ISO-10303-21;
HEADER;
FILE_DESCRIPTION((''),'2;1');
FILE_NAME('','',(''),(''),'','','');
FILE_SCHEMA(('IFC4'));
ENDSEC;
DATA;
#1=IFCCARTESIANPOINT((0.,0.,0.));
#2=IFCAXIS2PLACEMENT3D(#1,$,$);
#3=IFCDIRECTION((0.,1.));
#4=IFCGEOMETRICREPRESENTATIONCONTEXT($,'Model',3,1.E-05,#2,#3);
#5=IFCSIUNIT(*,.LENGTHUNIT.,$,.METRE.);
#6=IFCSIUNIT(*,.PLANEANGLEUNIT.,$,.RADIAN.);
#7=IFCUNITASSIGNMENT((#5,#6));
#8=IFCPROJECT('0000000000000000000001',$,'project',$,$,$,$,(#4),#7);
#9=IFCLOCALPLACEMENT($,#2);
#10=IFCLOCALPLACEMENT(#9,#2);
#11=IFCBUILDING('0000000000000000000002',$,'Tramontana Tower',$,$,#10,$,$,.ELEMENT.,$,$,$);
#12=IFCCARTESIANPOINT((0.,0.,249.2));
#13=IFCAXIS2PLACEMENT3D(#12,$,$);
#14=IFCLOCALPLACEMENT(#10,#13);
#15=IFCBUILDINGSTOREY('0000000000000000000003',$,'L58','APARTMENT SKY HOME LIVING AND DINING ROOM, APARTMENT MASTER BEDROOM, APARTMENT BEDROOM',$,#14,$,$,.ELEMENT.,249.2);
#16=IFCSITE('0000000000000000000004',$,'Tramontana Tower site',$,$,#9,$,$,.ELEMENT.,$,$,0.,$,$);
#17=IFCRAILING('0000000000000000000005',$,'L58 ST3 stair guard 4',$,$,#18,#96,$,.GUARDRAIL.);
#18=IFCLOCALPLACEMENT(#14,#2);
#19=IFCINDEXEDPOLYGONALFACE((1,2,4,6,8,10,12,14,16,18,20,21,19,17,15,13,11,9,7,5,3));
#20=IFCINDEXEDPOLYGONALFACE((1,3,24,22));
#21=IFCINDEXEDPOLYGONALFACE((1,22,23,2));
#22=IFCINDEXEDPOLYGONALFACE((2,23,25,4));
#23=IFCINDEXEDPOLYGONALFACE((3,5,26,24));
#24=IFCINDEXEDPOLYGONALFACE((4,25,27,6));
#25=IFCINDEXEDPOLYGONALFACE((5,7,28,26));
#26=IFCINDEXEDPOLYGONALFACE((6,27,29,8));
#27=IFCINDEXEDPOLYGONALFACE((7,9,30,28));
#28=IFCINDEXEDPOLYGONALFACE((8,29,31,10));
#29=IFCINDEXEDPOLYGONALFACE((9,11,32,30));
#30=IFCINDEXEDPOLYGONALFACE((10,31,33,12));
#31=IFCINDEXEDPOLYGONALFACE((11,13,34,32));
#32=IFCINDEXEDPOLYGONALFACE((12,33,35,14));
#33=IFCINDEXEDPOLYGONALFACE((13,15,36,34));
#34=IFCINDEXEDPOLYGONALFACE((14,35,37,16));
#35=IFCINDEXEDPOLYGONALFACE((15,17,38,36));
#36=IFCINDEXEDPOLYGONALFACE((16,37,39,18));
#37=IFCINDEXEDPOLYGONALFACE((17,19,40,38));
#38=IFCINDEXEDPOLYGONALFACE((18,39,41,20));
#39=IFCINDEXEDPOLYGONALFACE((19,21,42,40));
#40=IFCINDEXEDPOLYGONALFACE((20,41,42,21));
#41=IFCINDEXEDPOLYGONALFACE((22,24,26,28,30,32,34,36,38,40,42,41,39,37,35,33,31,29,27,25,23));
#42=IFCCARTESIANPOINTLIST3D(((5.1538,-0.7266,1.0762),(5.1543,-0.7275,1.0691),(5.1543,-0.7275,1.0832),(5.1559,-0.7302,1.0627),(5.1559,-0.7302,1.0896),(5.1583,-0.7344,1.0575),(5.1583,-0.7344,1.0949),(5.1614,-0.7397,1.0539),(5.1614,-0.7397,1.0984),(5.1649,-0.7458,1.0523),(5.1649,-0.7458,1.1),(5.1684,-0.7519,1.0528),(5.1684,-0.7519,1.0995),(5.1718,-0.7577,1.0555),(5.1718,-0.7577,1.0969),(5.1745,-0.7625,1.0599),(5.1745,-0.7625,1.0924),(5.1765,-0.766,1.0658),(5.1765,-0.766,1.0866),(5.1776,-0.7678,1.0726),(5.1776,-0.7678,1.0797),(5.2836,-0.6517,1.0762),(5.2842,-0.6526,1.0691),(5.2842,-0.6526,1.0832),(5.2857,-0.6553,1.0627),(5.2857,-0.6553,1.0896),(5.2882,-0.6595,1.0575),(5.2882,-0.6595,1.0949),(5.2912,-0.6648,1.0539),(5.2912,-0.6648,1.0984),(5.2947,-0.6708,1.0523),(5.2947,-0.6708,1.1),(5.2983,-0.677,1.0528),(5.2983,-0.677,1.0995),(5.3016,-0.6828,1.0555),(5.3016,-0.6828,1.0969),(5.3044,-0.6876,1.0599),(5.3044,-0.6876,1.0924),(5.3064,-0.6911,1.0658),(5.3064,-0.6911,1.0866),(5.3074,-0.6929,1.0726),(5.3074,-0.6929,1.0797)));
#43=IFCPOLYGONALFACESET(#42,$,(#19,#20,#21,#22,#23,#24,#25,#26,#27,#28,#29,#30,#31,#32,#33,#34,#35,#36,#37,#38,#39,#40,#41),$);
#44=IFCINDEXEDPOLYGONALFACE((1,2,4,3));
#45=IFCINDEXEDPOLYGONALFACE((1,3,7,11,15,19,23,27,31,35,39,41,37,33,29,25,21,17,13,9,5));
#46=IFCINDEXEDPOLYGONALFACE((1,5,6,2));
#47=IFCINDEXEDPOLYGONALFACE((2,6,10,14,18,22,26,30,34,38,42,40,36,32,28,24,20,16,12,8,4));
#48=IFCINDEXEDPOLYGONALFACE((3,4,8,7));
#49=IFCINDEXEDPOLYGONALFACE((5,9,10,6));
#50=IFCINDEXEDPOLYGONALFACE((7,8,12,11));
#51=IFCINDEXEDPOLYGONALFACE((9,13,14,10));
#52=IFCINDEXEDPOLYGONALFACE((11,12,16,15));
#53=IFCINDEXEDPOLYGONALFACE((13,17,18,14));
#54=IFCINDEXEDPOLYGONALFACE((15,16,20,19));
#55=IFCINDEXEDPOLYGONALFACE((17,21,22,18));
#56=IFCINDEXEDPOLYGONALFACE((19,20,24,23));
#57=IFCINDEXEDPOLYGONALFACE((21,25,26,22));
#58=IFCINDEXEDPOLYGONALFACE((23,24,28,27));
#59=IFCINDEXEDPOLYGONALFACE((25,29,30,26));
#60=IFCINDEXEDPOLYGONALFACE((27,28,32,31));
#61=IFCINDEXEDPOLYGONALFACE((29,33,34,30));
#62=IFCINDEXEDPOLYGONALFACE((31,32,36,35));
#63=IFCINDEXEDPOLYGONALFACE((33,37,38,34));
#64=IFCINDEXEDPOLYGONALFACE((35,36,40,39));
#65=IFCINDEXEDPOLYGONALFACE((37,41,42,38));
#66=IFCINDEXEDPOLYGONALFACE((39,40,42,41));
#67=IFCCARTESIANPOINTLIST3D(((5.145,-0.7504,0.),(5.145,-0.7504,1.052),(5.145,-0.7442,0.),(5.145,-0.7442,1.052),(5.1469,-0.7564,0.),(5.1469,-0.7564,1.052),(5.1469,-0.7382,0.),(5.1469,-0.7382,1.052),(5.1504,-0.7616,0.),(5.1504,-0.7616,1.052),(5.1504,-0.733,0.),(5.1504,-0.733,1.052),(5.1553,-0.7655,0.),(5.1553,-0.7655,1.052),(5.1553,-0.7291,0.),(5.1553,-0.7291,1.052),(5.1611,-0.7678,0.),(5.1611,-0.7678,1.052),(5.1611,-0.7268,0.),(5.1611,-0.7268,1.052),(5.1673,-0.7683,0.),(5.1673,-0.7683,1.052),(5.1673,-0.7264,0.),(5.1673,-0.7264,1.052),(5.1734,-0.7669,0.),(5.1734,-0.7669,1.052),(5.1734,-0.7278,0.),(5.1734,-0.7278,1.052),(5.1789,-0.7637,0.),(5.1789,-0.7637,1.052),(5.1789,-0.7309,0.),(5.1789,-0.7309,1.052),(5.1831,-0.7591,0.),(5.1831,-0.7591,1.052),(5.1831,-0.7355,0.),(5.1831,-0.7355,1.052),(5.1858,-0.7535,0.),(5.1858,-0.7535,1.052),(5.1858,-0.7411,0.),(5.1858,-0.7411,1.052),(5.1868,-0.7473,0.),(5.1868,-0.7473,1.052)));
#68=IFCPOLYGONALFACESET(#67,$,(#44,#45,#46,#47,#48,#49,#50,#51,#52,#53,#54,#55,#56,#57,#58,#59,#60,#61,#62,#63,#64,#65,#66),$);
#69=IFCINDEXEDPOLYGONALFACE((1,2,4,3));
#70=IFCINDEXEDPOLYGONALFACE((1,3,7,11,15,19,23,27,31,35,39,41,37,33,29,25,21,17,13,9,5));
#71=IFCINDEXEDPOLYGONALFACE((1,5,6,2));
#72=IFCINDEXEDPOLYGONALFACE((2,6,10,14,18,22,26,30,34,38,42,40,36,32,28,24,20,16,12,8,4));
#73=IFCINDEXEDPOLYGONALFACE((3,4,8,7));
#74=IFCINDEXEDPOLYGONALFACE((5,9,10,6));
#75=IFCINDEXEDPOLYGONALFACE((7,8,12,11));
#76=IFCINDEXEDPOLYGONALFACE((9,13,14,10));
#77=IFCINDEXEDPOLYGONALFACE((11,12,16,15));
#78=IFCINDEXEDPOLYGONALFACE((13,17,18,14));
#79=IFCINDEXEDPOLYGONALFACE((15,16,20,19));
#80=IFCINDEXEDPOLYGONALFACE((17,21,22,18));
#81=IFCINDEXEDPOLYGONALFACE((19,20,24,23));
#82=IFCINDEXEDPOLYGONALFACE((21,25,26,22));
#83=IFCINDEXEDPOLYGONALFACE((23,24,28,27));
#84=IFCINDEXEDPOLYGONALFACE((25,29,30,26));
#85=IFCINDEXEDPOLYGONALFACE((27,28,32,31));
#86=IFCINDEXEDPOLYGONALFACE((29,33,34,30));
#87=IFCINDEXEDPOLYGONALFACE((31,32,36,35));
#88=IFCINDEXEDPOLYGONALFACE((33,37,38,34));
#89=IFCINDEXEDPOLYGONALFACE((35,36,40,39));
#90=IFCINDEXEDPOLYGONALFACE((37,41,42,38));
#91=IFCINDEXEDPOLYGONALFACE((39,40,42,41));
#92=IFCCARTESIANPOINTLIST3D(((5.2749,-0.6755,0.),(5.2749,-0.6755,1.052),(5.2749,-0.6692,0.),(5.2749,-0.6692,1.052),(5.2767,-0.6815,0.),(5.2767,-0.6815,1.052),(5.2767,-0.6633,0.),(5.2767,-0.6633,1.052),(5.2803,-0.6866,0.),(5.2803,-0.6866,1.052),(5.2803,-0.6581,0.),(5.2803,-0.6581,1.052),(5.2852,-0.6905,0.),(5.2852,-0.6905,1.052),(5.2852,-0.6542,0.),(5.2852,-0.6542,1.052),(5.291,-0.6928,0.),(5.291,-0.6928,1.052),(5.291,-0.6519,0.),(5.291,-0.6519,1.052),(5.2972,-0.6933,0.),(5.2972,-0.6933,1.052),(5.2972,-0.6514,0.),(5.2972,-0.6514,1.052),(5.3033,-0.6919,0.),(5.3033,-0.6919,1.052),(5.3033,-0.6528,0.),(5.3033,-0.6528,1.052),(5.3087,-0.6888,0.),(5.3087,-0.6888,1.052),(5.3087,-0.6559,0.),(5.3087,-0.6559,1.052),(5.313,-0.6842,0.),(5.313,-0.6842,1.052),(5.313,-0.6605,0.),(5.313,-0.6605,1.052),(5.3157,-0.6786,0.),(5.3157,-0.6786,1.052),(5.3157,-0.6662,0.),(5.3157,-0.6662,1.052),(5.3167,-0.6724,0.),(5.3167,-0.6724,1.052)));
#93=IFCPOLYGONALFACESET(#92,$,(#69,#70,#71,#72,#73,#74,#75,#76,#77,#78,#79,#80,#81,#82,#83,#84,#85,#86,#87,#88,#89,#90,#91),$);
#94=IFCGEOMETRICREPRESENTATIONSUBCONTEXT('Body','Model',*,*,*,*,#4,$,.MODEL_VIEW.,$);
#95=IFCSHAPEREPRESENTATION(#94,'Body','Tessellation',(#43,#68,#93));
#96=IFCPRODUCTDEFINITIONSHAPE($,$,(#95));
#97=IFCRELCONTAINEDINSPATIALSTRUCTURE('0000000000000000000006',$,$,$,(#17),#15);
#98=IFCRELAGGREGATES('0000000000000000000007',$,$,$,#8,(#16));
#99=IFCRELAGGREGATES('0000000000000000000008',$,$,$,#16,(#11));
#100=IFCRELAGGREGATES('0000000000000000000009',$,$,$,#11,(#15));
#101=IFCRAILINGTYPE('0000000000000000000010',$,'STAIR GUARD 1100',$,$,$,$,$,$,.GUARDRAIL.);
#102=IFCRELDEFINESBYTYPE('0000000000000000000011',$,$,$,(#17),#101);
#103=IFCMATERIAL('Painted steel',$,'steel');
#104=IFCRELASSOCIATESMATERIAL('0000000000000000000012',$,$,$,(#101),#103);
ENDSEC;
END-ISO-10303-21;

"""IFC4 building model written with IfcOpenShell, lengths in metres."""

from ifc_helpers import new_model, si_unit, direction, frame, origin, origin_2d, place, context, subcontext, project, spatial, circle, extrude, material, type_object, element, save


model = new_model("IFC4")

# Units and contexts
model_context = context("Model", 3, precision=1e-05, world=origin(), true_north=direction((0.0, 1.0)))
body_context = subcontext(model_context, "Body", "Model", "MODEL_VIEW")
ifc_project = project(units=[si_unit("LENGTHUNIT", "METRE"), si_unit("PLANEANGLEUNIT", "RADIAN")], contexts=[model_context])

# Site, building, storey
site_placement = place(None, origin())
site = spatial("IfcSite", under=ifc_project, at=site_placement, Name="Tramontana Tower site", CompositionType="ELEMENT", RefElevation=0.0)
building_placement = place(site_placement, origin())
building = spatial("IfcBuilding", under=site, at=building_placement, Name="Tramontana Tower", CompositionType="ELEMENT")
storey_placement = place(building_placement, frame((0.0, 0.0, 249.2)))
storey = spatial("IfcBuildingStorey", under=building, at=storey_placement, Name="L58", Description="APARTMENT SKY HOME LIVING AND DINING ROOM, APARTMENT MASTER BEDROOM, APARTMENT BEDROOM", CompositionType="ELEMENT", Elevation=249.2)

# Railing
ifc_material_1 = material(Name="Painted steel", Category="steel")
railing_type_1 = type_object("IfcRailingType", Name="STAIR GUARD 1100", PredefinedType="GUARDRAIL", material=ifc_material_1)
railing_1_placement = place(storey_placement, frame((5.1658, -0.7473, 0.0)))
element("IfcRailing", 1, at=railing_1_placement, inside=storey, type_object=railing_type_1, Name="L58 ST3 stair guard 4", PredefinedType="GUARDRAIL", context=body_context, shape_type="SweptSolid", body=[
    extrude(circle(Radius=0.0239, at=origin_2d()), frame((0.0, 0.0, 1.0762), z_axis=(0.866131, 0.499816, 0.0), x_axis=(-0.499816, 0.866131, 0.0)), (0.0, 0.0, 1.0), 0.1499),
    extrude(circle(Radius=0.021, at=origin_2d()), origin(), (0.0, 0.0, 1.0), 1.052),
    extrude(circle(Radius=0.021, at=origin_2d()), frame((0.1299, 0.075, 0.0)), (0.0, 0.0, 1.0), 1.052),
])

save(model, "model.ifc")
